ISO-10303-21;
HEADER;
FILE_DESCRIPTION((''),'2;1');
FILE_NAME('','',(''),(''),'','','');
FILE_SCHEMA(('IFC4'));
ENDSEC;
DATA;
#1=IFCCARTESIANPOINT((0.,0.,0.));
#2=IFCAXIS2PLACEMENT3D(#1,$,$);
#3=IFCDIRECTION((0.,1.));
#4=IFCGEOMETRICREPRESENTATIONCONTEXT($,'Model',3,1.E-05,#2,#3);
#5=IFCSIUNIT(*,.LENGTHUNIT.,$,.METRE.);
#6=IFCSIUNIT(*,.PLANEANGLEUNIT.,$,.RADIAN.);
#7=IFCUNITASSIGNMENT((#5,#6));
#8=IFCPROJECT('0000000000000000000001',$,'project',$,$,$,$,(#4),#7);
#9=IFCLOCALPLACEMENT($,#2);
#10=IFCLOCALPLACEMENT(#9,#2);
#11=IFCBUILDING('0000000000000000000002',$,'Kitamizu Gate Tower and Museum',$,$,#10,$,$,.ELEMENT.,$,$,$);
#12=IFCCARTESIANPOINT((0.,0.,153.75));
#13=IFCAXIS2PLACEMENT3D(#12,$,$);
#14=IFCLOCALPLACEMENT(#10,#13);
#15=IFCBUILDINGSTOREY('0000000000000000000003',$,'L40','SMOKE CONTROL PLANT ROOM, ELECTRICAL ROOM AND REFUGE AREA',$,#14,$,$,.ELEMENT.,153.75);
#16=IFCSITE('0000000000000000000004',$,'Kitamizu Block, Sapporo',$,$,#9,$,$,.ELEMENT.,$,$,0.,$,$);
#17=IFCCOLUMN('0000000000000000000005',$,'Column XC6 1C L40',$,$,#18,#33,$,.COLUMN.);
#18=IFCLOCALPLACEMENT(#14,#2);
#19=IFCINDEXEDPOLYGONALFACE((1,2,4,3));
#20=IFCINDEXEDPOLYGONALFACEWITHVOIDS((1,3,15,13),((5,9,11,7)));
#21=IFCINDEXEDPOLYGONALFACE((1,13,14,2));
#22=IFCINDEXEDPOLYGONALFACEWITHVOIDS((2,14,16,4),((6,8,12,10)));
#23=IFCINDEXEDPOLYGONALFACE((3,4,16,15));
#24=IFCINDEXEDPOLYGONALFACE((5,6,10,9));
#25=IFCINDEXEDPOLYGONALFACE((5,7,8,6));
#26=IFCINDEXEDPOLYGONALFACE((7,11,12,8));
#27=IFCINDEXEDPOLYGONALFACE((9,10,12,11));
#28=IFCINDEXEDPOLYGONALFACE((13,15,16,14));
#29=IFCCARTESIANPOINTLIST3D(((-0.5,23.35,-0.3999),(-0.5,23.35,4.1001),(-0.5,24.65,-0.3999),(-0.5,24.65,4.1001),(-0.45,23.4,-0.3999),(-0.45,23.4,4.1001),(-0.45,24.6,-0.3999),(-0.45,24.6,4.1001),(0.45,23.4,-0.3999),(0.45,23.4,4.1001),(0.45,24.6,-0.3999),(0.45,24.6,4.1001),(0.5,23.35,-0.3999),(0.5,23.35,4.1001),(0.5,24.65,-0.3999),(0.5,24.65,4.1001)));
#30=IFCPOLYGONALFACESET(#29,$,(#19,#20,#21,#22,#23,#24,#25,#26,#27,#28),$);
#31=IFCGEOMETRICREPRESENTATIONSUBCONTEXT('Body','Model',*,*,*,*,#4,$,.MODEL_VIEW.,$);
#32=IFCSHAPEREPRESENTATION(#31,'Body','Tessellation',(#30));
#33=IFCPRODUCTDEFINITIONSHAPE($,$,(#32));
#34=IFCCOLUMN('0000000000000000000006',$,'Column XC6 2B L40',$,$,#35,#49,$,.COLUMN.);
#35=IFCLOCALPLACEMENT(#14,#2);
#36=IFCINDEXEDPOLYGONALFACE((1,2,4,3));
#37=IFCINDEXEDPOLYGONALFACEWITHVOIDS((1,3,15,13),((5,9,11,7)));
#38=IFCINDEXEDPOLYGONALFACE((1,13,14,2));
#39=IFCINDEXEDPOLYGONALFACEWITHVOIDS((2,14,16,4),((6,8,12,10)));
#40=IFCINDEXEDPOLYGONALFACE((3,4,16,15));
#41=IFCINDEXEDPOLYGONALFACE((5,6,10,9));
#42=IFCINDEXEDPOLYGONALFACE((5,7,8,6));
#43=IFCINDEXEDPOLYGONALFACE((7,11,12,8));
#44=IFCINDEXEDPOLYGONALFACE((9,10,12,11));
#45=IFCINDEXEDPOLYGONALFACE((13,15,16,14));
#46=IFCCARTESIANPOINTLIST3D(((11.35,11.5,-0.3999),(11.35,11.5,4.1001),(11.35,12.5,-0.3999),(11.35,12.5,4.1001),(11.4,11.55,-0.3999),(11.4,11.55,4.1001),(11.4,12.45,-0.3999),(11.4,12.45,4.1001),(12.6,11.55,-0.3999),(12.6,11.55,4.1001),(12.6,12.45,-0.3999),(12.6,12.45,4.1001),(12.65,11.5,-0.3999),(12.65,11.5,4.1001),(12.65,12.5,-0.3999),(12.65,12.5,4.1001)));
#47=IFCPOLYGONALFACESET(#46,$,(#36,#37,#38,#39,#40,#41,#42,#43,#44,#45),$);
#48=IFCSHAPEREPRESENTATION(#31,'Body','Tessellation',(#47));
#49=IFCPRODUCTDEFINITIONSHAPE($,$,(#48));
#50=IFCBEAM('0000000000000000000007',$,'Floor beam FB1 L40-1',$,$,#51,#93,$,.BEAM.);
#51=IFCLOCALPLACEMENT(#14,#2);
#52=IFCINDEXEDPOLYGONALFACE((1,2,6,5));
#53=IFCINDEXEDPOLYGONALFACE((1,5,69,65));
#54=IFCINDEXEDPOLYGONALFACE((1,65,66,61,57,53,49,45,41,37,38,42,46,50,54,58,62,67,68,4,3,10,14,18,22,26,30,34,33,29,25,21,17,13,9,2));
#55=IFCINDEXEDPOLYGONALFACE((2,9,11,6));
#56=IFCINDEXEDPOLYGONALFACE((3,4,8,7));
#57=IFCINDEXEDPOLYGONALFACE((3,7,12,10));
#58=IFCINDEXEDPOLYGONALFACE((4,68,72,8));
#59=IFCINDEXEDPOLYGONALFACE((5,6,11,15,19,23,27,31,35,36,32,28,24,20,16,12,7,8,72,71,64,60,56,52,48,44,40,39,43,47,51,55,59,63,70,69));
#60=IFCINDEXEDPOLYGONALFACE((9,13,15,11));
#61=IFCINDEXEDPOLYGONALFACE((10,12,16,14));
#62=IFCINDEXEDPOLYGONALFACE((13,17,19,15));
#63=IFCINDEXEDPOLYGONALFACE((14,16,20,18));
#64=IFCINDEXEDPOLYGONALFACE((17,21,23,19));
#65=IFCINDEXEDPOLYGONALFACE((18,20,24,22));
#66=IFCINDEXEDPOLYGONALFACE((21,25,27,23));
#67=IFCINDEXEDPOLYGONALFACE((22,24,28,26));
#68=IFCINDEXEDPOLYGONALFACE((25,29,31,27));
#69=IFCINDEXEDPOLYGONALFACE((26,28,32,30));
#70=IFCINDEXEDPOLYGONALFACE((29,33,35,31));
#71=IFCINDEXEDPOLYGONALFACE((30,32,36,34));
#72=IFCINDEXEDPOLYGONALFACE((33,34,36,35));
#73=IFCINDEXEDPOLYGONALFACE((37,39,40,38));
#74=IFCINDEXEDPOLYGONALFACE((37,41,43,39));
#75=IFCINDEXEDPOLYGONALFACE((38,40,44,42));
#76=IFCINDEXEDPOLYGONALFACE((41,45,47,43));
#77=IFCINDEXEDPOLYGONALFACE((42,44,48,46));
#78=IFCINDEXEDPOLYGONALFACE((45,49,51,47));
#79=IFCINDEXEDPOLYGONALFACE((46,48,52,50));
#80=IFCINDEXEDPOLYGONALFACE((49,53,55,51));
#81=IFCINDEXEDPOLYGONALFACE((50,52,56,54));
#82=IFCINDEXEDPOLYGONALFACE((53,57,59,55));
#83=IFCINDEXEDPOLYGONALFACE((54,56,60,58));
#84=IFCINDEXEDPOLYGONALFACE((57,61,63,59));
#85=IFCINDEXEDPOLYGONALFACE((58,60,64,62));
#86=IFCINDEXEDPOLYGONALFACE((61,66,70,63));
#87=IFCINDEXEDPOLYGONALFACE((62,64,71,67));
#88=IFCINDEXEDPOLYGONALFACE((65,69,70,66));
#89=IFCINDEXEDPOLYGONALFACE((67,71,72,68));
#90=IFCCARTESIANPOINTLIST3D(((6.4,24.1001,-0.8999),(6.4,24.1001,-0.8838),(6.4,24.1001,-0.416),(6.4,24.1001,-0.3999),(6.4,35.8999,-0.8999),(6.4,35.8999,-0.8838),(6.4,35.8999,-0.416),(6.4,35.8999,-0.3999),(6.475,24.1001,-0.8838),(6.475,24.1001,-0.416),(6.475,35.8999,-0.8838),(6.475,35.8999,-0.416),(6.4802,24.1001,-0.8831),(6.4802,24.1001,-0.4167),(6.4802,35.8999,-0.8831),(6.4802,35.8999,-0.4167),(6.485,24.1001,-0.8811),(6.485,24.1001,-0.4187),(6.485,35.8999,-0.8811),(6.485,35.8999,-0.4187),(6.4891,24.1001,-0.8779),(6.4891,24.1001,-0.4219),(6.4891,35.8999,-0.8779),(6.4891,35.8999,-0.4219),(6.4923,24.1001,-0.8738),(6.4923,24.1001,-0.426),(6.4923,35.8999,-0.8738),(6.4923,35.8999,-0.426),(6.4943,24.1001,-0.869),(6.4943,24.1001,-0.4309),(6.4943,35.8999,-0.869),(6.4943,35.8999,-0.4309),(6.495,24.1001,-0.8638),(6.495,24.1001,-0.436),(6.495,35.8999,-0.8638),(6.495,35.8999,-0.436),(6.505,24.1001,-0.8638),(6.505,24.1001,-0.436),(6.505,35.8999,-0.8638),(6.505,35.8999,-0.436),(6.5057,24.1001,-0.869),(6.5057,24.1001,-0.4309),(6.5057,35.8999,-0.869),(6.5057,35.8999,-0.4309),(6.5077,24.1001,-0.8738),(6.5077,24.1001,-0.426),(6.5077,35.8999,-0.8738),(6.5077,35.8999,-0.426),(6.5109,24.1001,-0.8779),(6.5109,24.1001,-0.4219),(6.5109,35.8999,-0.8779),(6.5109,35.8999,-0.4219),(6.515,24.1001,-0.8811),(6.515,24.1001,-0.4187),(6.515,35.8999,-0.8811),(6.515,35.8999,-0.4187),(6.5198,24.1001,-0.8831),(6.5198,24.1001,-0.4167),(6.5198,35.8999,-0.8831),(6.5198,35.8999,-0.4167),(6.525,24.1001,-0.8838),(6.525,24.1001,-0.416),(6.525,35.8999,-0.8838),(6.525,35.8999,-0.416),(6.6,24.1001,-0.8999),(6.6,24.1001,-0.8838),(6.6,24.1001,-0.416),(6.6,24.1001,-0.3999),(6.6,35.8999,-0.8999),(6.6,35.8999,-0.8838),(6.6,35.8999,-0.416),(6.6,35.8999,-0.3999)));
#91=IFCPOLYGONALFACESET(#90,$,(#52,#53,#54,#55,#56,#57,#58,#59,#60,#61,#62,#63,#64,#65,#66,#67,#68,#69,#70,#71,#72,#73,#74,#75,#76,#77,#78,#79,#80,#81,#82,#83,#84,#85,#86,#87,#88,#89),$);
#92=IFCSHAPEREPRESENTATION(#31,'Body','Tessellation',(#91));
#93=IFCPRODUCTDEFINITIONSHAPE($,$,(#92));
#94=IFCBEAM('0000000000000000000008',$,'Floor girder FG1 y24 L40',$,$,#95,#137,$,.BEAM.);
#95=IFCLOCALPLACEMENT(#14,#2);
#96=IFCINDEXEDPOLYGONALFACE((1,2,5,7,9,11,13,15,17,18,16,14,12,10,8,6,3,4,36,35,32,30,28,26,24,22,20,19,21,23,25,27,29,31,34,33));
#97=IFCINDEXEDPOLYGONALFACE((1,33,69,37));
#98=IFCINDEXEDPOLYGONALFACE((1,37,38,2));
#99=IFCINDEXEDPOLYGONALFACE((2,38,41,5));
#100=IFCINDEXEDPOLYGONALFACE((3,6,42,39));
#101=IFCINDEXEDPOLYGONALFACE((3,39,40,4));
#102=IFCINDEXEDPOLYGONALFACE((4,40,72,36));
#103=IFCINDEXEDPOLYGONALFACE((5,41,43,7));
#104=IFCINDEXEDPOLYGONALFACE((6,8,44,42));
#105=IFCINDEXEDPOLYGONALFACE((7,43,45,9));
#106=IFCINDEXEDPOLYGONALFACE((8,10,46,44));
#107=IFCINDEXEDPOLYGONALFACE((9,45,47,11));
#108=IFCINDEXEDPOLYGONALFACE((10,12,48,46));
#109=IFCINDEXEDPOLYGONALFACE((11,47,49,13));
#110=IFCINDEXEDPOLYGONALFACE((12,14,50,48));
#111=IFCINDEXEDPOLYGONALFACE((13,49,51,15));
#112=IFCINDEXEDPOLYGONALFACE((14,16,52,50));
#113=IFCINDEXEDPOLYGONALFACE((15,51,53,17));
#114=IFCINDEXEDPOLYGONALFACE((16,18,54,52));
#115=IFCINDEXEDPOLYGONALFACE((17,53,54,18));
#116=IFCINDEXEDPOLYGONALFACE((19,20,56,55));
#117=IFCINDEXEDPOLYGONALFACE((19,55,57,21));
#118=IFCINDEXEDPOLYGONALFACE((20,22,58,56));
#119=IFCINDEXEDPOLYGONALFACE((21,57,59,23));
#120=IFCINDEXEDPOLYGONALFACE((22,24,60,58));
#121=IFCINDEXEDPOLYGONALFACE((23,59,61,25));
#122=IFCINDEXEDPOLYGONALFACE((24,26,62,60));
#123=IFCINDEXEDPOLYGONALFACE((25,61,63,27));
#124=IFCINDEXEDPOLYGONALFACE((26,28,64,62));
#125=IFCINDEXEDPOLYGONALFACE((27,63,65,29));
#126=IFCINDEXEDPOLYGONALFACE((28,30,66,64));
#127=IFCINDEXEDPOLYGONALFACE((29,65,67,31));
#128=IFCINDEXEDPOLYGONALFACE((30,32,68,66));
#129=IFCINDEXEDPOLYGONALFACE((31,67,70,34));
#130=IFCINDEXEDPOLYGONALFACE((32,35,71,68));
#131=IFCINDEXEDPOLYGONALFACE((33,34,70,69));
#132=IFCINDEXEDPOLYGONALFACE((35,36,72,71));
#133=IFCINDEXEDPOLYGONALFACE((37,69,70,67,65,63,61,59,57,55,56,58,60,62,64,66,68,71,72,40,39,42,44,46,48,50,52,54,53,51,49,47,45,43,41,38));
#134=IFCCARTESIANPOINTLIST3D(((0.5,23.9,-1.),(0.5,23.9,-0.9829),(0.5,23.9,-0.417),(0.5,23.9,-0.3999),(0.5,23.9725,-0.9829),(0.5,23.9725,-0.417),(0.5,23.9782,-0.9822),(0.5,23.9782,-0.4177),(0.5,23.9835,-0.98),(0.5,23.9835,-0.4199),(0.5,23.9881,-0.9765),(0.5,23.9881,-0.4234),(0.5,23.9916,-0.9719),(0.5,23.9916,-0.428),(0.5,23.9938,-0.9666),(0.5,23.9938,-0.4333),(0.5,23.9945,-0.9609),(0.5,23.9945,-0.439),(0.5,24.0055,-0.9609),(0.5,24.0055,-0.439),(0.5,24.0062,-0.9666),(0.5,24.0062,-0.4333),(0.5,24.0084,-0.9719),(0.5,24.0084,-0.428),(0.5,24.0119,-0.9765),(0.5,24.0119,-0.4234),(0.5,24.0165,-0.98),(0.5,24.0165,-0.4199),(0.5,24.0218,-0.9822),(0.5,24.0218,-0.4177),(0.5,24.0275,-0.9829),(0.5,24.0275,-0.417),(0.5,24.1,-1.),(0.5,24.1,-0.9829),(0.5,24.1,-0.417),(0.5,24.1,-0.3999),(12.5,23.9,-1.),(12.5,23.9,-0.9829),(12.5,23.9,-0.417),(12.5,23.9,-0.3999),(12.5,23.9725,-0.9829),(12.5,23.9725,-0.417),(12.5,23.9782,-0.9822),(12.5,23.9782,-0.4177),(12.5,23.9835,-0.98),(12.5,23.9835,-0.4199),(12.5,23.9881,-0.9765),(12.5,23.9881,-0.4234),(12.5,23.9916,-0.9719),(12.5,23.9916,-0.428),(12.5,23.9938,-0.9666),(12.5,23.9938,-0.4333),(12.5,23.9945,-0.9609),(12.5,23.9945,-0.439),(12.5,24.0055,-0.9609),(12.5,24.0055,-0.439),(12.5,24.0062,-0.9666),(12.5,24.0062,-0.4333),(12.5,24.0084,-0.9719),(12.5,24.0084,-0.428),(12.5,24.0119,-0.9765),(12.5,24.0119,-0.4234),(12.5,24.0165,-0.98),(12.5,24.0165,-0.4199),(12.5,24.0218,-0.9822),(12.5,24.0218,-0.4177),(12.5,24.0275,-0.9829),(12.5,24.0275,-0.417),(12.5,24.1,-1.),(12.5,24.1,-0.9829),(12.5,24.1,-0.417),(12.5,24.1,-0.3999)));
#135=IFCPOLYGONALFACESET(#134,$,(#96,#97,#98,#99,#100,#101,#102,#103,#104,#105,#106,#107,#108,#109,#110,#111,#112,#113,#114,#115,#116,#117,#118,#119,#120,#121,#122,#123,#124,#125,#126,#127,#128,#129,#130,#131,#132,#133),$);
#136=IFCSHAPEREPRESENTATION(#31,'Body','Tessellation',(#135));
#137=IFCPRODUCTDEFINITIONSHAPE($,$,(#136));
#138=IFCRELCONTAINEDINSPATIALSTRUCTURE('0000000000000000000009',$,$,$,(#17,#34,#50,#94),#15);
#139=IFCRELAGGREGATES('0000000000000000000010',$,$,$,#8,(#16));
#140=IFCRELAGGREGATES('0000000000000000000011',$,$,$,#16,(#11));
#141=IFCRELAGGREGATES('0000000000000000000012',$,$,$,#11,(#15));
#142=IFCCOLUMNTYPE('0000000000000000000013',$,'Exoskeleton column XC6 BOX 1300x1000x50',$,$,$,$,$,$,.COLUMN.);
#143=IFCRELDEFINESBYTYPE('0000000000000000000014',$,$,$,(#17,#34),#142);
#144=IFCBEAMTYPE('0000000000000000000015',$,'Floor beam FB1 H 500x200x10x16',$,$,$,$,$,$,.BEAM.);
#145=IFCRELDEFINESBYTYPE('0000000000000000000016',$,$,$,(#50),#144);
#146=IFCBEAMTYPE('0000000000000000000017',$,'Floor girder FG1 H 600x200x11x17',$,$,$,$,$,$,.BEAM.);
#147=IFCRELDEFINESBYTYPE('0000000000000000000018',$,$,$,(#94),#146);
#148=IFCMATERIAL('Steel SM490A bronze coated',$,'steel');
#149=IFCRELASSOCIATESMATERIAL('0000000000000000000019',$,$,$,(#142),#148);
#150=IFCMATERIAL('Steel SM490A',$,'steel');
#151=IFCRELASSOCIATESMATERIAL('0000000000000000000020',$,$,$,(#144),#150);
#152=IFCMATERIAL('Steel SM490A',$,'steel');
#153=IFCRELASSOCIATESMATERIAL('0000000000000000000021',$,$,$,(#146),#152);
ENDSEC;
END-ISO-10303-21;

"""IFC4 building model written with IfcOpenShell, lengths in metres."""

from ifc_helpers import new_model, si_unit, direction, frame, origin, origin_2d, place, context, subcontext, project, spatial, hollow_rectangle, i_section, extrude, material, material_profile, profile_set, type_object, element, save


model = new_model("IFC4")

# Units and contexts
model_context = context("Model", 3, precision=1e-05, world=origin(), true_north=direction((0.0, 1.0)))
body_context = subcontext(model_context, "Body", "Model", "MODEL_VIEW")
ifc_project = project(units=[si_unit("LENGTHUNIT", "METRE"), si_unit("PLANEANGLEUNIT", "RADIAN")], contexts=[model_context])

# Site, building, storey
site_placement = place(None, origin())
site = spatial("IfcSite", under=ifc_project, at=site_placement, Name="Kitamizu Block, Sapporo", CompositionType="ELEMENT", RefElevation=0.0)
building_placement = place(site_placement, origin())
building = spatial("IfcBuilding", under=site, at=building_placement, Name="Kitamizu Gate Tower and Museum", CompositionType="ELEMENT")
storey_placement = place(building_placement, frame((0.0, 0.0, 153.75)))
storey = spatial("IfcBuildingStorey", under=building, at=storey_placement, Name="L40", Description="SMOKE CONTROL PLANT ROOM, ELECTRICAL ROOM AND REFUGE AREA", CompositionType="ELEMENT", Elevation=153.75)

# Columns
ifc_material_1 = material(Name="Steel SM490A bronze coated", Category="steel")
ifc_material_profile_1 = material_profile(ifc_material_1, hollow_rectangle(XDim=1.3, YDim=1.0, WallThickness=0.05, at=origin_2d()), Name="BOX 1300x1000x50")
ifc_profile_set_1 = profile_set([ifc_material_profile_1], Name="Steel SM490A bronze coated")
column_type = type_object("IfcColumnType", Name="Exoskeleton column XC6 BOX 1300x1000x50", PredefinedType="COLUMN", material=ifc_profile_set_1)
for number, where, z_axis, x_axis, name in (
    (1, (0.0, 24.0, -0.3999), (0.0, 0.0, 1.0), (0.0, 1.0, 0.0), "Column XC6 1C L40"),
    (2, (12.0, 12.0, -0.3999), (0.0, 0.0, 1.0), (1.0, 0.0, 0.0), "Column XC6 2B L40"),
):
    element("IfcColumn", number, at=place(storey_placement, frame(where, z_axis=z_axis, x_axis=x_axis)), inside=storey, type_object=column_type, Name=name, PredefinedType="COLUMN", context=body_context, shape_type="SweptSolid", body=[
        extrude(hollow_rectangle(XDim=1.3, YDim=1.0, WallThickness=0.05, at=origin_2d()), origin(), (0.0, 0.0, 1.0), 4.5),
    ])

# Beams
ifc_material_2 = material(Name="Steel SM490A", Category="steel")
ifc_material_profile_2 = material_profile(ifc_material_2, i_section(OverallWidth=0.2, OverallDepth=0.5, WebThickness=0.01, FlangeThickness=0.0161, FilletRadius=0.02, at=origin_2d()), Name="H-500x200x10x16")
ifc_profile_set_2 = profile_set([ifc_material_profile_2], Name="Steel SM490A")
beam_type_1 = type_object("IfcBeamType", Name="Floor beam FB1 H 500x200x10x16", PredefinedType="BEAM", material=ifc_profile_set_2)
beam_1_placement = place(storey_placement, frame((6.5, 24.1001, -0.6499), z_axis=(0.0, 1.0, 0.0), x_axis=(-1.0, 0.0, 0.0)))
element("IfcBeam", 3, at=beam_1_placement, inside=storey, type_object=beam_type_1, Name="Floor beam FB1 L40-1", PredefinedType="BEAM", context=body_context, shape_type="SweptSolid", body=[
    extrude(i_section(OverallWidth=0.2, OverallDepth=0.5, WebThickness=0.01, FlangeThickness=0.0161, FilletRadius=0.02, at=origin_2d()), origin(), (0.0, 0.0, 1.0), 11.7998),
])
ifc_material_3 = material(Name="Steel SM490A", Category="steel")
ifc_material_profile_3 = material_profile(ifc_material_3, i_section(OverallWidth=0.2, OverallDepth=0.6001, WebThickness=0.011, FlangeThickness=0.0171, FilletRadius=0.022, at=origin_2d()), Name="H-600x200x11x17")
ifc_profile_set_3 = profile_set([ifc_material_profile_3], Name="Steel SM490A")
beam_type_2 = type_object("IfcBeamType", Name="Floor girder FG1 H 600x200x11x17", PredefinedType="BEAM", material=ifc_profile_set_3)
beam_2_placement = place(storey_placement, frame((0.5, 24.0, -0.7), z_axis=(1.0, 0.0, 0.0), x_axis=(0.0, 1.0, 0.0)))
element("IfcBeam", 4, at=beam_2_placement, inside=storey, type_object=beam_type_2, Name="Floor girder FG1 y24 L40", PredefinedType="BEAM", context=body_context, shape_type="SweptSolid", body=[
    extrude(i_section(OverallWidth=0.2, OverallDepth=0.6001, WebThickness=0.011, FlangeThickness=0.0171, FilletRadius=0.022, at=origin_2d()), origin(), (0.0, 0.0, 1.0), 12.0),
])

save(model, "model.ifc")
